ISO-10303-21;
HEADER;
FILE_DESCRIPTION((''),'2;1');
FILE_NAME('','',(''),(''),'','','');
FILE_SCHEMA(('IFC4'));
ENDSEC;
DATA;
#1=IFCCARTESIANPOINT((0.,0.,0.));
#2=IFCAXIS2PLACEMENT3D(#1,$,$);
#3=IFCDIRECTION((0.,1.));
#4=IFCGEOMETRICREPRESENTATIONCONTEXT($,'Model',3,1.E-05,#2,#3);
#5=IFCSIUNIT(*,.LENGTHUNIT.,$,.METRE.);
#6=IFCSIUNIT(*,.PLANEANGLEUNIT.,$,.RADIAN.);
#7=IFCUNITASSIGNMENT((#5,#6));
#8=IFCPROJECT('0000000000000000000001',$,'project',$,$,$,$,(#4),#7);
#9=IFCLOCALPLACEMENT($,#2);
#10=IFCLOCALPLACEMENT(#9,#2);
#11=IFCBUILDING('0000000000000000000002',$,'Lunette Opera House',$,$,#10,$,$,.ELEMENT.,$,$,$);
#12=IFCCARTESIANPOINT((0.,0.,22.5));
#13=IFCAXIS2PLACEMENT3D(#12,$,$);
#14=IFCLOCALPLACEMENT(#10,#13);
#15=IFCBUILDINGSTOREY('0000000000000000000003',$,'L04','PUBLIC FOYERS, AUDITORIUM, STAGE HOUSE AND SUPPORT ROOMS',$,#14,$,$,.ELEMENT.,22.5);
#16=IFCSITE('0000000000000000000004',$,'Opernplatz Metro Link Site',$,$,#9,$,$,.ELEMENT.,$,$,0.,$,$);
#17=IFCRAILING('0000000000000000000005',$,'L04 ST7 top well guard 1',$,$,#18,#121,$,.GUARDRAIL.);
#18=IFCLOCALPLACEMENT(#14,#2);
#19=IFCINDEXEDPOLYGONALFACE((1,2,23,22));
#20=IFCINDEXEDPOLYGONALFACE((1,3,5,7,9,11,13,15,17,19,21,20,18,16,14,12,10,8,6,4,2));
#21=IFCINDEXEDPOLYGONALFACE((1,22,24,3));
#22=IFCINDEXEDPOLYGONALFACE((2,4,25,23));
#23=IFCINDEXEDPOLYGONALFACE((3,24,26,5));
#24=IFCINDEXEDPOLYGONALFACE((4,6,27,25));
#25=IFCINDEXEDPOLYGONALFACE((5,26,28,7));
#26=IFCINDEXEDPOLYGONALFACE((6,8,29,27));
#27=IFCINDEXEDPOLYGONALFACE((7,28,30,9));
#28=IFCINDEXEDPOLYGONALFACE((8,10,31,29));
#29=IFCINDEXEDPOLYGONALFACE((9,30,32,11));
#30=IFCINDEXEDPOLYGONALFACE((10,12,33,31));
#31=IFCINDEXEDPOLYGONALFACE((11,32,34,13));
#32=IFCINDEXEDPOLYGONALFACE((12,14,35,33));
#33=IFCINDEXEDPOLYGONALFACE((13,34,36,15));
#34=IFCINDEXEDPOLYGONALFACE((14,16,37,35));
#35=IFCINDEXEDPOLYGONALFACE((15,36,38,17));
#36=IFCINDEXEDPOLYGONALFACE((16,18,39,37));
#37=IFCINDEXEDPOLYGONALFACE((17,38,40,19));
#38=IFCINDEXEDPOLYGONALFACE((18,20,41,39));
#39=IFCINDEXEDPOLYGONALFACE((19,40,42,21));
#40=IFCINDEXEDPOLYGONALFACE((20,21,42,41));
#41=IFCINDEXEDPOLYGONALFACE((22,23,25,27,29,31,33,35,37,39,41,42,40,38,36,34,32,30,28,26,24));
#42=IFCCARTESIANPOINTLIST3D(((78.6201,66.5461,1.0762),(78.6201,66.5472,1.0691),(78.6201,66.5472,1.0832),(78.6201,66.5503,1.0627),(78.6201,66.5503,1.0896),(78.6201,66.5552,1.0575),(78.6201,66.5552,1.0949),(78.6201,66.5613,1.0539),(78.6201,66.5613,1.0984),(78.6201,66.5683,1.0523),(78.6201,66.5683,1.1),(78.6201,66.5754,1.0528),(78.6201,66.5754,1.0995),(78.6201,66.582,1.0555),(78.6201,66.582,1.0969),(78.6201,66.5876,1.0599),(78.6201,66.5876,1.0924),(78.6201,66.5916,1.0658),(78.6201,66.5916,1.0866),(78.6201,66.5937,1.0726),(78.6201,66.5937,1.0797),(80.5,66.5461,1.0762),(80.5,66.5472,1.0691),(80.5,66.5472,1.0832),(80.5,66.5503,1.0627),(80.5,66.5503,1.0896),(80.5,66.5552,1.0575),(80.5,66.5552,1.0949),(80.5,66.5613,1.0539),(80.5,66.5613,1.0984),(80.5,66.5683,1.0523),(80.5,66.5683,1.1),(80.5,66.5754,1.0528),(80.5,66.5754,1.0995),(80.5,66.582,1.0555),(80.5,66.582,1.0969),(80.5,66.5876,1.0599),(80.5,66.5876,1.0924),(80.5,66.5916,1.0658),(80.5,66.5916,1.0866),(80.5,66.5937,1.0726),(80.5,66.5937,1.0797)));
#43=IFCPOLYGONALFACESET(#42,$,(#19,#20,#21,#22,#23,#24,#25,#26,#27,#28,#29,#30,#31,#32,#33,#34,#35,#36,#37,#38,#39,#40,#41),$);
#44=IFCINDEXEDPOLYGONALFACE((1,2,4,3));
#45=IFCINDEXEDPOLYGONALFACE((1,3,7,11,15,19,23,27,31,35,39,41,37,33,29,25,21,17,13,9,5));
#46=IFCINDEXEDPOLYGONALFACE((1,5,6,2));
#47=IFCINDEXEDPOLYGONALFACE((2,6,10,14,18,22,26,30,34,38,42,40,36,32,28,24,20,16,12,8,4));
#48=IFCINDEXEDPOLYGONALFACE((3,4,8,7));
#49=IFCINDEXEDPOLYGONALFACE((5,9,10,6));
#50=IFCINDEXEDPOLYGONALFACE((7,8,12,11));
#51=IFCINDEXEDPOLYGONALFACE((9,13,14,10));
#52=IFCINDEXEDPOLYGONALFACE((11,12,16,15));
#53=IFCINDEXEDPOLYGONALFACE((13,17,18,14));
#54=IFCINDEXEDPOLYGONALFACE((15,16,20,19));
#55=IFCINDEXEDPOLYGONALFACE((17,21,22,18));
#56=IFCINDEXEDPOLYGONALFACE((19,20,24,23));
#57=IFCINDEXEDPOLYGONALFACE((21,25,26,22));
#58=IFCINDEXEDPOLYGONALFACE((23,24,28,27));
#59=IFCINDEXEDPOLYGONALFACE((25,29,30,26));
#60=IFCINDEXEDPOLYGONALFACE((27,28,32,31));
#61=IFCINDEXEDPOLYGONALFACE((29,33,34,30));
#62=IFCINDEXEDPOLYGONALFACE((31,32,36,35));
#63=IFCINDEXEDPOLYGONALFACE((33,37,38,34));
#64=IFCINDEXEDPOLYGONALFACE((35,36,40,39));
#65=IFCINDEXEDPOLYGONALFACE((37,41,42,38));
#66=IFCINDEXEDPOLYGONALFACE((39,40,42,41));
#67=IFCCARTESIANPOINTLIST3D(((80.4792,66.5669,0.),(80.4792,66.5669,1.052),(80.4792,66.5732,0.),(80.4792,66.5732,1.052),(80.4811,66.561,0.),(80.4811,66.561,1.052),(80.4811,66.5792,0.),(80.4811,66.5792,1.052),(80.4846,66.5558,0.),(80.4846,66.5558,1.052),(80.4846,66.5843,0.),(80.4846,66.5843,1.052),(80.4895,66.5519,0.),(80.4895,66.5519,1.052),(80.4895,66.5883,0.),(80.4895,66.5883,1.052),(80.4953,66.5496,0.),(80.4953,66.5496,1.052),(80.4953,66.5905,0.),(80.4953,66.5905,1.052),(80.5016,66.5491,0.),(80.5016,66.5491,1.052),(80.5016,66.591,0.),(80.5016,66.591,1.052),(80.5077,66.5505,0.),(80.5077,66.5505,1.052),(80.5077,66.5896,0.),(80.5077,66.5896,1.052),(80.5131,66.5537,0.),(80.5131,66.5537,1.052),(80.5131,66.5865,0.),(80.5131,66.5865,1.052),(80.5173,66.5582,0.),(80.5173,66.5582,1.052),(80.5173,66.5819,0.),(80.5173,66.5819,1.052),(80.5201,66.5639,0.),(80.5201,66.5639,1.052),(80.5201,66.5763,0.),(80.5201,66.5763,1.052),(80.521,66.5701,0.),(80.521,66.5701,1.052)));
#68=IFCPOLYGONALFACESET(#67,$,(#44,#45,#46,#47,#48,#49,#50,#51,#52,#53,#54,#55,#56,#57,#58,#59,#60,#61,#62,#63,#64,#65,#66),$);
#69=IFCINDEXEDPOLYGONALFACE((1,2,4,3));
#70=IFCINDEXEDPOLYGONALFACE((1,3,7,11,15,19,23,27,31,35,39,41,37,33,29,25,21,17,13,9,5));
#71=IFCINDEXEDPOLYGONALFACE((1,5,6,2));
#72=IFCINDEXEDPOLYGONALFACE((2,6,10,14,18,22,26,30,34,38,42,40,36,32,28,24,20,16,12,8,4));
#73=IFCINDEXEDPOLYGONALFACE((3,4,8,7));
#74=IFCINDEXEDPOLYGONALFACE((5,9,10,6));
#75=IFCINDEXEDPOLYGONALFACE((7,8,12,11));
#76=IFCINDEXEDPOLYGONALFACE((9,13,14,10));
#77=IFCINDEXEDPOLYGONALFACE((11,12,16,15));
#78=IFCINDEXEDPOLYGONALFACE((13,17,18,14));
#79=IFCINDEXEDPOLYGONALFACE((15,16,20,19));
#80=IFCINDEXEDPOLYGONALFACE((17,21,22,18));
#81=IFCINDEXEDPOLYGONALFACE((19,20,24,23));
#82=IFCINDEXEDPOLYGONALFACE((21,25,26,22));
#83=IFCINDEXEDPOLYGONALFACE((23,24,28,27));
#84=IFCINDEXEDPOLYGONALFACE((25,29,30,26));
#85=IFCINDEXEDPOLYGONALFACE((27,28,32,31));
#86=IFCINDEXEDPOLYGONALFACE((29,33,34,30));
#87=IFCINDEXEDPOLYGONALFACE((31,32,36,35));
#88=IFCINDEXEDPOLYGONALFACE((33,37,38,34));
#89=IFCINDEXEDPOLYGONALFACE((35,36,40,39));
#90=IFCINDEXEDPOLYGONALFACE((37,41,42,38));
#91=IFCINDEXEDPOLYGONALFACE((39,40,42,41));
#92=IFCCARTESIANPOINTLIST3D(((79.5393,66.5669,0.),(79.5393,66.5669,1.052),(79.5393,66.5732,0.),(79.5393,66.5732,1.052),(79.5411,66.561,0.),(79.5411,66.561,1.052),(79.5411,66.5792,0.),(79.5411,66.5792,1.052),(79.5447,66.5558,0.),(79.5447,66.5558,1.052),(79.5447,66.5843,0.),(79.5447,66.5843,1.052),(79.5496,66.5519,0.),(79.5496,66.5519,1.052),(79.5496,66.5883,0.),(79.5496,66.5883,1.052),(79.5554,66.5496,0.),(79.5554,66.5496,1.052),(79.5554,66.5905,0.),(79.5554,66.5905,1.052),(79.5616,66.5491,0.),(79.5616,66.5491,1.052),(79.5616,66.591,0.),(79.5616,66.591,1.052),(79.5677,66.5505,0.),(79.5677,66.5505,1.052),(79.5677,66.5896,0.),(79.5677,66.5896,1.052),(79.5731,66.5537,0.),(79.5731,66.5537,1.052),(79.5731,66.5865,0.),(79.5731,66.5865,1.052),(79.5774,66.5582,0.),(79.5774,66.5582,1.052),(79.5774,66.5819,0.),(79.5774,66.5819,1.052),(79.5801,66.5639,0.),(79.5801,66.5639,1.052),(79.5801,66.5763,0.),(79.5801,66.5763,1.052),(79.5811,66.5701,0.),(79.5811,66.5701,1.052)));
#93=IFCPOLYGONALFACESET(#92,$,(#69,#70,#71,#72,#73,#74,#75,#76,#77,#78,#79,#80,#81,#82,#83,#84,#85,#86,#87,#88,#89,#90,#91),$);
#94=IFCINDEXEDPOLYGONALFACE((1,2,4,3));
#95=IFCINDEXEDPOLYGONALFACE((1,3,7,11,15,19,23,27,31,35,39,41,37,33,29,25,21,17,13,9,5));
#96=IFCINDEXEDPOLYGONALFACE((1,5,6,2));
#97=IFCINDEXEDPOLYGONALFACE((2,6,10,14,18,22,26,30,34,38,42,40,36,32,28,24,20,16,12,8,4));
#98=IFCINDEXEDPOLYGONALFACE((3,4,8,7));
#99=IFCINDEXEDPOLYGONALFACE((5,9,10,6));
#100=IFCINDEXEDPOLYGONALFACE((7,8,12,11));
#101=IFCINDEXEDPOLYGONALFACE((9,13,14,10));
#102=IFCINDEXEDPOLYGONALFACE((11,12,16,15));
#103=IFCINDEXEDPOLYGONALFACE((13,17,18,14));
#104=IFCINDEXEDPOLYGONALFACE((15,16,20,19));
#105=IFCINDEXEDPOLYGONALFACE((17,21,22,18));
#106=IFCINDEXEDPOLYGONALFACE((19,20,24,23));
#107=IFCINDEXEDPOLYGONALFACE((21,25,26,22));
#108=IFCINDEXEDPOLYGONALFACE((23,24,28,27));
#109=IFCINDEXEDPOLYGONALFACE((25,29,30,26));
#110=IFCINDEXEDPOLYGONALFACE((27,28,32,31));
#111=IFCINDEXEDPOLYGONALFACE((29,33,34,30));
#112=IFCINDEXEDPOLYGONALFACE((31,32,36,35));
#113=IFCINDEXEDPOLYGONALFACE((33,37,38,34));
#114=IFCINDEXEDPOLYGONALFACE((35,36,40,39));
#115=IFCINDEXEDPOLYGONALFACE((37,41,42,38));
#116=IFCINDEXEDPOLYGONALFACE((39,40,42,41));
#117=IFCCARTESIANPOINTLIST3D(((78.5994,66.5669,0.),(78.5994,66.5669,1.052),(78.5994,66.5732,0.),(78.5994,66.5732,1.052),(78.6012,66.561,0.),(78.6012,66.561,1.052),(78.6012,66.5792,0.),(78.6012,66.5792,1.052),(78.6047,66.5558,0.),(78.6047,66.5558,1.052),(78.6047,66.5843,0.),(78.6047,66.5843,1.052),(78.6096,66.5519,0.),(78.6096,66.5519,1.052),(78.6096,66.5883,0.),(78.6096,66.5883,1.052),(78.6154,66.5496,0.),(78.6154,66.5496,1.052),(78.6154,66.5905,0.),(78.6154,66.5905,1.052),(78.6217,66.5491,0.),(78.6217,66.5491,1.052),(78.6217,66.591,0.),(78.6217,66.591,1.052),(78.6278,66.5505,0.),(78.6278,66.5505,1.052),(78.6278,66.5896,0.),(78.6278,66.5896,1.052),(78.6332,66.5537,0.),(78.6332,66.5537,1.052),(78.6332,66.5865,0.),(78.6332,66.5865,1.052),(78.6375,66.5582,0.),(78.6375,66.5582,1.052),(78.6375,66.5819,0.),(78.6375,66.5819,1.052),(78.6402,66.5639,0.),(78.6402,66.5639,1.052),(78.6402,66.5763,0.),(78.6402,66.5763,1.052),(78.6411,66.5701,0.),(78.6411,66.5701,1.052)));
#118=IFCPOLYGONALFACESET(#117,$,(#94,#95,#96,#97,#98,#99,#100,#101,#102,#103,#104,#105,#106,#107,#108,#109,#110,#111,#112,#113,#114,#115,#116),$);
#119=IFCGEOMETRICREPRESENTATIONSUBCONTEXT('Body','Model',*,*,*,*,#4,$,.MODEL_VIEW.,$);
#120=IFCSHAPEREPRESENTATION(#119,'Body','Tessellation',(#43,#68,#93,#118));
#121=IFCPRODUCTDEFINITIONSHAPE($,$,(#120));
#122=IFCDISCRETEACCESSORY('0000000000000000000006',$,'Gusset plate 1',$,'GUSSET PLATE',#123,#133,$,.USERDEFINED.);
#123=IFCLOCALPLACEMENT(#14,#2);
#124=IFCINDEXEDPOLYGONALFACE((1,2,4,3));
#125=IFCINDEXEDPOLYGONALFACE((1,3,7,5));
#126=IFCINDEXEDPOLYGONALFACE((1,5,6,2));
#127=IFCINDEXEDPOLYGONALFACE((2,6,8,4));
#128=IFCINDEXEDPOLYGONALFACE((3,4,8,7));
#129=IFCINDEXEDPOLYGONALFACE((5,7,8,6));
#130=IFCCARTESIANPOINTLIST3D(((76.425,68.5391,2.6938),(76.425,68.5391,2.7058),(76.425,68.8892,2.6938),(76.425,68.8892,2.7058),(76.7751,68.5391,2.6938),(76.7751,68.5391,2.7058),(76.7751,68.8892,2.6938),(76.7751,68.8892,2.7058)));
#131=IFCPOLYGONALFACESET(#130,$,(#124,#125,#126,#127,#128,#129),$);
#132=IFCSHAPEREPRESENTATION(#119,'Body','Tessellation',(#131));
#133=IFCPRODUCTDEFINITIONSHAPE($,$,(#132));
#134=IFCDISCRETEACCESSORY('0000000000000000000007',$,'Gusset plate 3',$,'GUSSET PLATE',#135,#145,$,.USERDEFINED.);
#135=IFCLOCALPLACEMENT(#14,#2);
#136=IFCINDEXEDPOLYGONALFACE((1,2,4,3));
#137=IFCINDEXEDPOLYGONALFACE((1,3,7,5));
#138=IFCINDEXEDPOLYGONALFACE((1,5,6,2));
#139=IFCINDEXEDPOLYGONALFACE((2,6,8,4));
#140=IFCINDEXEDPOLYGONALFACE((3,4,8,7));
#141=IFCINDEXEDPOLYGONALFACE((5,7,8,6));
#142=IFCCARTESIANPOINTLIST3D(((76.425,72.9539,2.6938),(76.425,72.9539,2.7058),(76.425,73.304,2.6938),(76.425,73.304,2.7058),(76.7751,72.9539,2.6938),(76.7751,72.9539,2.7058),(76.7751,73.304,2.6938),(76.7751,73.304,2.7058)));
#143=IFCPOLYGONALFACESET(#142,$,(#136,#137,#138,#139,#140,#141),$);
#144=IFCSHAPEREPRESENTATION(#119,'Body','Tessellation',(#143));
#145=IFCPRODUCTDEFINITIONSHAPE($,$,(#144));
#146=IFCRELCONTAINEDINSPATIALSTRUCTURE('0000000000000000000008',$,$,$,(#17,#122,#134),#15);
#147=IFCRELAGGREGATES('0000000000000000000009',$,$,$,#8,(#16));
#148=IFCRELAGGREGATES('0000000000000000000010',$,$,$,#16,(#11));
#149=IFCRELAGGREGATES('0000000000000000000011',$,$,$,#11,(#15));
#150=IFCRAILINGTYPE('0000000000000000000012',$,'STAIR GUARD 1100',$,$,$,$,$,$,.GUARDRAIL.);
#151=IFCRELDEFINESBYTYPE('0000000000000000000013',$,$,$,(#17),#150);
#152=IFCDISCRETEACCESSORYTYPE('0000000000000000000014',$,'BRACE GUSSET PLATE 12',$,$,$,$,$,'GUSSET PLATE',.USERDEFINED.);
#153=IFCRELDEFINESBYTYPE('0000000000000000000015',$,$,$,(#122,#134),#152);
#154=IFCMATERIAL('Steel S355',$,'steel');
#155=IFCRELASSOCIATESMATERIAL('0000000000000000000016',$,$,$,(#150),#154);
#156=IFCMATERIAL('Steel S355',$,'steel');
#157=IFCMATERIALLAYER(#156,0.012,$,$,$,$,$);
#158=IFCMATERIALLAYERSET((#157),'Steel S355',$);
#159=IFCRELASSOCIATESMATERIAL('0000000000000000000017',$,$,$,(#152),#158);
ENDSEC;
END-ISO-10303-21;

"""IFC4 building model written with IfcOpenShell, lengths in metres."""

from ifc_helpers import new_model, si_unit, direction, frame, origin, origin_2d, place, context, subcontext, project, spatial, rectangle, circle, extrude, material, layer, layer_set, type_object, element, save


model = new_model("IFC4")

# Units and contexts
model_context = context("Model", 3, precision=1e-05, world=origin(), true_north=direction((0.0, 1.0)))
body_context = subcontext(model_context, "Body", "Model", "MODEL_VIEW")
ifc_project = project(units=[si_unit("LENGTHUNIT", "METRE"), si_unit("PLANEANGLEUNIT", "RADIAN")], contexts=[model_context])

# Site, building, storey
site_placement = place(None, origin())
site = spatial("IfcSite", under=ifc_project, at=site_placement, Name="Opernplatz Metro Link Site", CompositionType="ELEMENT", RefElevation=0.0)
building_placement = place(site_placement, origin())
building = spatial("IfcBuilding", under=site, at=building_placement, Name="Lunette Opera House", CompositionType="ELEMENT")
storey_placement = place(building_placement, frame((0.0, 0.0, 22.5)))
storey = spatial("IfcBuildingStorey", under=building, at=storey_placement, Name="L04", Description="PUBLIC FOYERS, AUDITORIUM, STAGE HOUSE AND SUPPORT ROOMS", CompositionType="ELEMENT", Elevation=22.5)

# Railing
ifc_material_1 = material(Name="Steel S355", Category="steel")
railing_type_1 = type_object("IfcRailingType", Name="STAIR GUARD 1100", PredefinedType="GUARDRAIL", material=ifc_material_1)
railing_1_placement = place(storey_placement, frame((80.5, 66.5701, 0.0)))
element("IfcRailing", 1, at=railing_1_placement, inside=storey, type_object=railing_type_1, Name="L04 ST7 top well guard 1", PredefinedType="GUARDRAIL", context=body_context, shape_type="SweptSolid", body=[
    extrude(circle(Radius=0.0239, at=origin_2d()), frame((0.0, 0.0, 1.0762), z_axis=(-1.0, 0.0, 0.0), x_axis=(0.0, -1.0, 0.0)), (0.0, 0.0, 1.0), 1.8799),
    extrude(circle(Radius=0.021, at=origin_2d()), origin(), (0.0, 0.0, 1.0), 1.052),
    extrude(circle(Radius=0.021, at=origin_2d()), frame((-0.9399, 0.0, 0.0)), (0.0, 0.0, 1.0), 1.052),
    extrude(circle(Radius=0.021, at=origin_2d()), frame((-1.8799, 0.0, 0.0)), (0.0, 0.0, 1.0), 1.052),
])

# Discrete accessories
ifc_material_2 = material(Name="Steel S355", Category="steel")
ifc_layer_1 = layer(ifc_material_2, 0.012)
ifc_layer_set_1 = layer_set([ifc_layer_1], Name="Steel S355")
discrete_accessory_type = type_object("IfcDiscreteAccessoryType", Name="BRACE GUSSET PLATE 12", ElementType="GUSSET PLATE", PredefinedType="USERDEFINED", material=ifc_layer_set_1)
for number, where, z_axis, x_axis, name in (
    (2, (76.6001, 68.7141, 2.6938), (0.0, 0.0, 1.0), (1.0, 0.0, 0.0), "Gusset plate 1"),
    (3, (76.6001, 73.1289, 2.6938), (0.0, 0.0, 1.0), (1.0, 0.0, 0.0), "Gusset plate 3"),
):
    element("IfcDiscreteAccessory", number, at=place(storey_placement, frame(where, z_axis=z_axis, x_axis=x_axis)), inside=storey, type_object=discrete_accessory_type, Name=name, ObjectType="GUSSET PLATE", PredefinedType="USERDEFINED", context=body_context, shape_type="SweptSolid", body=[
        extrude(rectangle(XDim=0.3501, YDim=0.3501, at=origin_2d()), origin(), (0.0, 0.0, 1.0), 0.012),
    ])

save(model, "model.ifc")
